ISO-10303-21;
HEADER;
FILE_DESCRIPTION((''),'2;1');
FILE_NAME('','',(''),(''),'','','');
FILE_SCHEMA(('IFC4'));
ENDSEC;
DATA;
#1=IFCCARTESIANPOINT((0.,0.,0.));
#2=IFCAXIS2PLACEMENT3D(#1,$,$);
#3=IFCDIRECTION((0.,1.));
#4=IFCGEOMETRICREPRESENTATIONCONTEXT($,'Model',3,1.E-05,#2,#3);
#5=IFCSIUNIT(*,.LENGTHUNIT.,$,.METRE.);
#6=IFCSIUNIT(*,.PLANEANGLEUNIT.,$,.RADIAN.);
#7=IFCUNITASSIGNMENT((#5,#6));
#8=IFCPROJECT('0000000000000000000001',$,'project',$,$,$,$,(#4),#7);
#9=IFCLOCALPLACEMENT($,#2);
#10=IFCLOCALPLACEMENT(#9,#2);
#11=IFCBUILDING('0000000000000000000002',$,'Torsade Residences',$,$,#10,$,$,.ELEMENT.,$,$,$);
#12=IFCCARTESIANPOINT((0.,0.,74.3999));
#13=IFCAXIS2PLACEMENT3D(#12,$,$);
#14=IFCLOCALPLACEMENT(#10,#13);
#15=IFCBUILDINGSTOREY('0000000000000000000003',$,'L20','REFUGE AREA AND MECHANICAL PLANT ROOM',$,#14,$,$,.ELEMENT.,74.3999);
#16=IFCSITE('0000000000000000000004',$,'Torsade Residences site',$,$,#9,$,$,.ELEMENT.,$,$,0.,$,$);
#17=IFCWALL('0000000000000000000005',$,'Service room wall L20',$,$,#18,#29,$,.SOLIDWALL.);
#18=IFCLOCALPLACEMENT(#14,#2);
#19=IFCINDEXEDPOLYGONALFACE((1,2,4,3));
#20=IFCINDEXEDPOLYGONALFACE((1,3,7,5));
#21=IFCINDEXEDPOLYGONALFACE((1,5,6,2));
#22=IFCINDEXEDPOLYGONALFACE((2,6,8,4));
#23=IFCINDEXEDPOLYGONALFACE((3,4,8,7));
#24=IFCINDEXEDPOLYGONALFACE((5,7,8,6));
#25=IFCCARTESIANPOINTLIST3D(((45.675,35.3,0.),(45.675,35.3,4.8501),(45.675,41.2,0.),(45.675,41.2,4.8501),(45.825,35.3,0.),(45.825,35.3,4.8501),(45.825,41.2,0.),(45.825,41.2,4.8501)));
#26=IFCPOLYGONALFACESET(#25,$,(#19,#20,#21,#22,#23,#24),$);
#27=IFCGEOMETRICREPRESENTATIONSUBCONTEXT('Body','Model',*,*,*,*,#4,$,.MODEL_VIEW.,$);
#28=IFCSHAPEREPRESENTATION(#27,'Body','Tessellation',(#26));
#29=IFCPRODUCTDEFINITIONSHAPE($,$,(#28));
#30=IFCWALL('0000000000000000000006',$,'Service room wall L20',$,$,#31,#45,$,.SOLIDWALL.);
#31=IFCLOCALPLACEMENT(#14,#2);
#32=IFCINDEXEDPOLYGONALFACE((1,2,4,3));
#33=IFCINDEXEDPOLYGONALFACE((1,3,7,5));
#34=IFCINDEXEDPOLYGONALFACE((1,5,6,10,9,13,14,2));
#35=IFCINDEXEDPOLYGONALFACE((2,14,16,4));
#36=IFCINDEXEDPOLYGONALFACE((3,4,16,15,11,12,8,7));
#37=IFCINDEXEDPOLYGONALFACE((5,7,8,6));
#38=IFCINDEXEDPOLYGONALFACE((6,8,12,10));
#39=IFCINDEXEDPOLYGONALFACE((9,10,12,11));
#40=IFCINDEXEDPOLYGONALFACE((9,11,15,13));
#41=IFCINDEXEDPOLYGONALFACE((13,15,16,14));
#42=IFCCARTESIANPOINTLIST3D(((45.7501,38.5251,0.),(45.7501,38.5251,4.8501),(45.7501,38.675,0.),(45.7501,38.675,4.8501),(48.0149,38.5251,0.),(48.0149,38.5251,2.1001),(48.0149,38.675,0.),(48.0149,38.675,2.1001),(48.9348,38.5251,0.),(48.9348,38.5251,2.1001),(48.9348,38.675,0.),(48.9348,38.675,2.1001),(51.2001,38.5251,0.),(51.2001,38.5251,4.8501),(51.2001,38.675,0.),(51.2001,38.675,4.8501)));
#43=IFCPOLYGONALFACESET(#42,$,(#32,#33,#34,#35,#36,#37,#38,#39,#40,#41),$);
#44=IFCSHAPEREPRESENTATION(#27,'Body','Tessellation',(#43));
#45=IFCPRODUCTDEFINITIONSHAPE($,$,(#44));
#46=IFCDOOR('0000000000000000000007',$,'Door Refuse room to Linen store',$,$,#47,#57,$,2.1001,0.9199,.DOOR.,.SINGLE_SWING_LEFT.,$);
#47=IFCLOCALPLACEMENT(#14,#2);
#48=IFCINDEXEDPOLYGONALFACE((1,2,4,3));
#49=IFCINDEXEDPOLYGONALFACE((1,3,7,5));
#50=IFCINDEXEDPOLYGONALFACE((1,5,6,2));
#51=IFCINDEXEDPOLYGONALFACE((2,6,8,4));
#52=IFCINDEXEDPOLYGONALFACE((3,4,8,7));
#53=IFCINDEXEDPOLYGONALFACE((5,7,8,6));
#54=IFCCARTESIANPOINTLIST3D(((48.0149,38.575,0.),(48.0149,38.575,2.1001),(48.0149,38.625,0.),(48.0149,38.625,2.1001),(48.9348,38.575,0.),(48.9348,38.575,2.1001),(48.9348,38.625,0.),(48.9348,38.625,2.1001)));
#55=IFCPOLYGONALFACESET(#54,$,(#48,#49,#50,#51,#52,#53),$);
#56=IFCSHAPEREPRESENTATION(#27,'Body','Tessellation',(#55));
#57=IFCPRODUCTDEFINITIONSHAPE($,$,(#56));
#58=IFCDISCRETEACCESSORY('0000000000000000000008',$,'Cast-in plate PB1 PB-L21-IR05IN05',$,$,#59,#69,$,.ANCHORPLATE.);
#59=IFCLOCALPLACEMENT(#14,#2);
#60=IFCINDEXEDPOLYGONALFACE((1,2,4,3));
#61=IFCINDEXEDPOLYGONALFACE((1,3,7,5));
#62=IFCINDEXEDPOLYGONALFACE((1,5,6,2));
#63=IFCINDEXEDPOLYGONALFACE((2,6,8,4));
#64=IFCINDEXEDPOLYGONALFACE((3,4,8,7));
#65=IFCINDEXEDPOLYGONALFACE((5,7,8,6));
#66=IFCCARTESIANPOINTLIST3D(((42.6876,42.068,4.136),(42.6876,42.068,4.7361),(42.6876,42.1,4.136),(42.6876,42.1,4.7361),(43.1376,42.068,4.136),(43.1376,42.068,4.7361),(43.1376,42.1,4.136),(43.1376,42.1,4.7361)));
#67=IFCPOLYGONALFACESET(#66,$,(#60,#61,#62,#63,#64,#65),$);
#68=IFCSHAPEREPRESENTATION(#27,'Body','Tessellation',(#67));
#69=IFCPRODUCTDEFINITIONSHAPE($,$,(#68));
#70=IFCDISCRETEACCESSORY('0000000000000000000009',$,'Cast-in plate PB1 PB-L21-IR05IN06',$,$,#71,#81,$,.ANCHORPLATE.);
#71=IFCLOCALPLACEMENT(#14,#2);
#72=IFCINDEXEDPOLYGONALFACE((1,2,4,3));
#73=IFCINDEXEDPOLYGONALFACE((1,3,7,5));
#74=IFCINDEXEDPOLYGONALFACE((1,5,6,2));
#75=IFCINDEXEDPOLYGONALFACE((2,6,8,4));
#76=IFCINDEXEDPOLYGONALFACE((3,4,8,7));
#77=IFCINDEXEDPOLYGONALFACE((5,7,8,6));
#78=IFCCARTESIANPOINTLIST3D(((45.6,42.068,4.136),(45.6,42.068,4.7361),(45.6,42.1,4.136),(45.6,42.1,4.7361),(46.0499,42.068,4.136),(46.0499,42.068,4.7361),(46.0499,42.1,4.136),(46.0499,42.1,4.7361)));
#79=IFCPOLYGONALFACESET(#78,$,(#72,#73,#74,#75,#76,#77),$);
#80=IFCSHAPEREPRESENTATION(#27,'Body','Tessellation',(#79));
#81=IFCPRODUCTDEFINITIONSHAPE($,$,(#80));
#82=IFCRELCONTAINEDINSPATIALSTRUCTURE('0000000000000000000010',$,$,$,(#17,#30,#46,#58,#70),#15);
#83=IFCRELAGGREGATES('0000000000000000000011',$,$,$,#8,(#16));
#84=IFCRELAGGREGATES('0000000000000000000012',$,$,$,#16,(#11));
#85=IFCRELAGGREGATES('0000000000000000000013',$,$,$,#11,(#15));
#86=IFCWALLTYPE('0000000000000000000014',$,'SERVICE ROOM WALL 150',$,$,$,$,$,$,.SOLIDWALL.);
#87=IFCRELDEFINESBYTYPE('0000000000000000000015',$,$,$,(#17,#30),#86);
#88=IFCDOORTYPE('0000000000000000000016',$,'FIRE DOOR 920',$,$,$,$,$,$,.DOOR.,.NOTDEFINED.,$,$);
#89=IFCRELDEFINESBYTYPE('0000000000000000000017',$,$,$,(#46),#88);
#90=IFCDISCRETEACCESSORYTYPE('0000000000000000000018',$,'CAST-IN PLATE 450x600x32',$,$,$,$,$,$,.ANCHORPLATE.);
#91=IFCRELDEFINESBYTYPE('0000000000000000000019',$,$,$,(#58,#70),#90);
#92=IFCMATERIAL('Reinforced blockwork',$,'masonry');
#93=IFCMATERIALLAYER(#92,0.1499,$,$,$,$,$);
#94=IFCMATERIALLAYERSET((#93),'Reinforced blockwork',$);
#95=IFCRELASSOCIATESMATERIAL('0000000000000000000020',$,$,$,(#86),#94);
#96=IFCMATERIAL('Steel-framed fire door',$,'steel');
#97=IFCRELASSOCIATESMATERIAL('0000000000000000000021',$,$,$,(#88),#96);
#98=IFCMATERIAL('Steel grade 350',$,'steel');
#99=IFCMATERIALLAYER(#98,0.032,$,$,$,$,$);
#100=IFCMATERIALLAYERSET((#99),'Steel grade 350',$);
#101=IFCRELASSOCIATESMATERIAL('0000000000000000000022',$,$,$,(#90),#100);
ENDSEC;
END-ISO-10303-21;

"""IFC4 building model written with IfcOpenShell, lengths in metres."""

from ifc_helpers import new_model, si_unit, direction, frame, frame_2d, origin, origin_2d, place, context, subcontext, project, spatial, rectangle, extrude, material, layer, layer_set, type_object, element, fill, save


model = new_model("IFC4")

# Units and contexts
model_context = context("Model", 3, precision=1e-05, world=origin(), true_north=direction((0.0, 1.0)))
body_context = subcontext(model_context, "Body", "Model", "MODEL_VIEW")
ifc_project = project(units=[si_unit("LENGTHUNIT", "METRE"), si_unit("PLANEANGLEUNIT", "RADIAN")], contexts=[model_context])

# Site, building, storey
site_placement = place(None, origin())
site = spatial("IfcSite", under=ifc_project, at=site_placement, Name="Torsade Residences site", CompositionType="ELEMENT", RefElevation=0.0)
building_placement = place(site_placement, origin())
building = spatial("IfcBuilding", under=site, at=building_placement, Name="Torsade Residences", CompositionType="ELEMENT")
storey_placement = place(building_placement, frame((0.0, 0.0, 74.3999)))
storey = spatial("IfcBuildingStorey", under=building, at=storey_placement, Name="L20", Description="REFUGE AREA AND MECHANICAL PLANT ROOM", CompositionType="ELEMENT", Elevation=74.3999)

# Wall
ifc_material_1 = material(Name="Reinforced blockwork", Category="masonry")
ifc_layer_1 = layer(ifc_material_1, 0.1499)
ifc_layer_set_1 = layer_set([ifc_layer_1], Name="Reinforced blockwork")
wall_type_1 = type_object("IfcWallType", Name="SERVICE ROOM WALL 150", PredefinedType="SOLIDWALL", material=ifc_layer_set_1)
wall_1_placement = place(storey_placement, frame((45.75, 41.2, 0.0), z_axis=(0.0, 0.0, 1.0), x_axis=(0.0, -1.0, 0.0)))
element("IfcWall", 1, at=wall_1_placement, inside=storey, type_object=wall_type_1, Name="Service room wall L20", PredefinedType="SOLIDWALL", context=body_context, shape_type="SweptSolid", body=[
    extrude(rectangle(XDim=5.8999, YDim=0.1499, at=frame_2d((2.95, 0.0))), origin(), (0.0, 0.0, 1.0), 4.8501),
])

# Wall, opening, door
wall_2_placement = place(storey_placement, frame((45.75, 38.6001, 0.0), z_axis=(0.0, 0.0, 1.0), x_axis=(1.0, 0.0, 0.0)))
wall_2 = element("IfcWall", 2, at=wall_2_placement, inside=storey, type_object=wall_type_1, Name="Service room wall L20", PredefinedType="SOLIDWALL", context=body_context, shape_type="SweptSolid", body=[
    extrude(rectangle(XDim=5.45, YDim=0.1499, at=frame_2d((2.7251, 0.0))), origin(), (0.0, 0.0, 1.0), 4.8501),
])
opening_placement = place(wall_2_placement, frame((2.2649, 0.0, 0.0)))
opening = element("IfcOpeningElement", 3, at=opening_placement, cuts=wall_2, PredefinedType="OPENING", context=body_context, shape_type="SweptSolid", body=[
    extrude(rectangle(XDim=0.9199, YDim=2.1001, at=frame_2d((0.46, 1.05))), frame((0.0, 0.085, 0.0), z_axis=(0.0, -1.0, 0.0), x_axis=(1.0, 0.0, 0.0)), (0.0, 0.0, 1.0), 0.1699),
])
ifc_material_2 = material(Name="Steel-framed fire door", Category="steel")
door_type = type_object("IfcDoorType", Name="FIRE DOOR 920", OperationType="NOTDEFINED", PredefinedType="DOOR", material=ifc_material_2)
door_placement = place(opening_placement, origin())
door = element("IfcDoor", 4, at=door_placement, inside=storey, type_object=door_type, Name="Door Refuse room to Linen store", OperationType="SINGLE_SWING_LEFT", OverallHeight=2.1001, OverallWidth=0.9199, PredefinedType="DOOR", context=body_context, shape_type="SweptSolid", body=[
    extrude(rectangle(XDim=0.9199, YDim=2.1001, at=frame_2d((0.46, 1.05))), frame((0.0, 0.0249, 0.0), z_axis=(0.0, -1.0, 0.0), x_axis=(1.0, 0.0, 0.0)), (0.0, 0.0, 1.0), 0.05),
])
fill(opening, door)

# Discrete accessories
ifc_material_3 = material(Name="Steel grade 350", Category="steel")
ifc_layer_2 = layer(ifc_material_3, 0.032)
ifc_layer_set_2 = layer_set([ifc_layer_2], Name="Steel grade 350")
discrete_accessory_type = type_object("IfcDiscreteAccessoryType", Name="CAST-IN PLATE 450x600x32", PredefinedType="ANCHORPLATE", material=ifc_layer_set_2)
for number, where, z_axis, x_axis, name in (
    (5, (42.9126, 42.084, 4.136), (0.0, 0.0, 1.0), (1.0, 0.0, 0.0), "Cast-in plate PB1 PB-L21-IR05IN05"),
    (6, (45.825, 42.084, 4.136), (0.0, 0.0, 1.0), (1.0, 0.0, 0.0), "Cast-in plate PB1 PB-L21-IR05IN06"),
):
    element("IfcDiscreteAccessory", number, at=place(storey_placement, frame(where, z_axis=z_axis, x_axis=x_axis)), inside=storey, type_object=discrete_accessory_type, Name=name, PredefinedType="ANCHORPLATE", context=body_context, shape_type="SweptSolid", body=[
        extrude(rectangle(XDim=0.45, YDim=0.032, at=origin_2d()), origin(), (0.0, 0.0, 1.0), 0.6001),
    ])

save(model, "model.ifc")
